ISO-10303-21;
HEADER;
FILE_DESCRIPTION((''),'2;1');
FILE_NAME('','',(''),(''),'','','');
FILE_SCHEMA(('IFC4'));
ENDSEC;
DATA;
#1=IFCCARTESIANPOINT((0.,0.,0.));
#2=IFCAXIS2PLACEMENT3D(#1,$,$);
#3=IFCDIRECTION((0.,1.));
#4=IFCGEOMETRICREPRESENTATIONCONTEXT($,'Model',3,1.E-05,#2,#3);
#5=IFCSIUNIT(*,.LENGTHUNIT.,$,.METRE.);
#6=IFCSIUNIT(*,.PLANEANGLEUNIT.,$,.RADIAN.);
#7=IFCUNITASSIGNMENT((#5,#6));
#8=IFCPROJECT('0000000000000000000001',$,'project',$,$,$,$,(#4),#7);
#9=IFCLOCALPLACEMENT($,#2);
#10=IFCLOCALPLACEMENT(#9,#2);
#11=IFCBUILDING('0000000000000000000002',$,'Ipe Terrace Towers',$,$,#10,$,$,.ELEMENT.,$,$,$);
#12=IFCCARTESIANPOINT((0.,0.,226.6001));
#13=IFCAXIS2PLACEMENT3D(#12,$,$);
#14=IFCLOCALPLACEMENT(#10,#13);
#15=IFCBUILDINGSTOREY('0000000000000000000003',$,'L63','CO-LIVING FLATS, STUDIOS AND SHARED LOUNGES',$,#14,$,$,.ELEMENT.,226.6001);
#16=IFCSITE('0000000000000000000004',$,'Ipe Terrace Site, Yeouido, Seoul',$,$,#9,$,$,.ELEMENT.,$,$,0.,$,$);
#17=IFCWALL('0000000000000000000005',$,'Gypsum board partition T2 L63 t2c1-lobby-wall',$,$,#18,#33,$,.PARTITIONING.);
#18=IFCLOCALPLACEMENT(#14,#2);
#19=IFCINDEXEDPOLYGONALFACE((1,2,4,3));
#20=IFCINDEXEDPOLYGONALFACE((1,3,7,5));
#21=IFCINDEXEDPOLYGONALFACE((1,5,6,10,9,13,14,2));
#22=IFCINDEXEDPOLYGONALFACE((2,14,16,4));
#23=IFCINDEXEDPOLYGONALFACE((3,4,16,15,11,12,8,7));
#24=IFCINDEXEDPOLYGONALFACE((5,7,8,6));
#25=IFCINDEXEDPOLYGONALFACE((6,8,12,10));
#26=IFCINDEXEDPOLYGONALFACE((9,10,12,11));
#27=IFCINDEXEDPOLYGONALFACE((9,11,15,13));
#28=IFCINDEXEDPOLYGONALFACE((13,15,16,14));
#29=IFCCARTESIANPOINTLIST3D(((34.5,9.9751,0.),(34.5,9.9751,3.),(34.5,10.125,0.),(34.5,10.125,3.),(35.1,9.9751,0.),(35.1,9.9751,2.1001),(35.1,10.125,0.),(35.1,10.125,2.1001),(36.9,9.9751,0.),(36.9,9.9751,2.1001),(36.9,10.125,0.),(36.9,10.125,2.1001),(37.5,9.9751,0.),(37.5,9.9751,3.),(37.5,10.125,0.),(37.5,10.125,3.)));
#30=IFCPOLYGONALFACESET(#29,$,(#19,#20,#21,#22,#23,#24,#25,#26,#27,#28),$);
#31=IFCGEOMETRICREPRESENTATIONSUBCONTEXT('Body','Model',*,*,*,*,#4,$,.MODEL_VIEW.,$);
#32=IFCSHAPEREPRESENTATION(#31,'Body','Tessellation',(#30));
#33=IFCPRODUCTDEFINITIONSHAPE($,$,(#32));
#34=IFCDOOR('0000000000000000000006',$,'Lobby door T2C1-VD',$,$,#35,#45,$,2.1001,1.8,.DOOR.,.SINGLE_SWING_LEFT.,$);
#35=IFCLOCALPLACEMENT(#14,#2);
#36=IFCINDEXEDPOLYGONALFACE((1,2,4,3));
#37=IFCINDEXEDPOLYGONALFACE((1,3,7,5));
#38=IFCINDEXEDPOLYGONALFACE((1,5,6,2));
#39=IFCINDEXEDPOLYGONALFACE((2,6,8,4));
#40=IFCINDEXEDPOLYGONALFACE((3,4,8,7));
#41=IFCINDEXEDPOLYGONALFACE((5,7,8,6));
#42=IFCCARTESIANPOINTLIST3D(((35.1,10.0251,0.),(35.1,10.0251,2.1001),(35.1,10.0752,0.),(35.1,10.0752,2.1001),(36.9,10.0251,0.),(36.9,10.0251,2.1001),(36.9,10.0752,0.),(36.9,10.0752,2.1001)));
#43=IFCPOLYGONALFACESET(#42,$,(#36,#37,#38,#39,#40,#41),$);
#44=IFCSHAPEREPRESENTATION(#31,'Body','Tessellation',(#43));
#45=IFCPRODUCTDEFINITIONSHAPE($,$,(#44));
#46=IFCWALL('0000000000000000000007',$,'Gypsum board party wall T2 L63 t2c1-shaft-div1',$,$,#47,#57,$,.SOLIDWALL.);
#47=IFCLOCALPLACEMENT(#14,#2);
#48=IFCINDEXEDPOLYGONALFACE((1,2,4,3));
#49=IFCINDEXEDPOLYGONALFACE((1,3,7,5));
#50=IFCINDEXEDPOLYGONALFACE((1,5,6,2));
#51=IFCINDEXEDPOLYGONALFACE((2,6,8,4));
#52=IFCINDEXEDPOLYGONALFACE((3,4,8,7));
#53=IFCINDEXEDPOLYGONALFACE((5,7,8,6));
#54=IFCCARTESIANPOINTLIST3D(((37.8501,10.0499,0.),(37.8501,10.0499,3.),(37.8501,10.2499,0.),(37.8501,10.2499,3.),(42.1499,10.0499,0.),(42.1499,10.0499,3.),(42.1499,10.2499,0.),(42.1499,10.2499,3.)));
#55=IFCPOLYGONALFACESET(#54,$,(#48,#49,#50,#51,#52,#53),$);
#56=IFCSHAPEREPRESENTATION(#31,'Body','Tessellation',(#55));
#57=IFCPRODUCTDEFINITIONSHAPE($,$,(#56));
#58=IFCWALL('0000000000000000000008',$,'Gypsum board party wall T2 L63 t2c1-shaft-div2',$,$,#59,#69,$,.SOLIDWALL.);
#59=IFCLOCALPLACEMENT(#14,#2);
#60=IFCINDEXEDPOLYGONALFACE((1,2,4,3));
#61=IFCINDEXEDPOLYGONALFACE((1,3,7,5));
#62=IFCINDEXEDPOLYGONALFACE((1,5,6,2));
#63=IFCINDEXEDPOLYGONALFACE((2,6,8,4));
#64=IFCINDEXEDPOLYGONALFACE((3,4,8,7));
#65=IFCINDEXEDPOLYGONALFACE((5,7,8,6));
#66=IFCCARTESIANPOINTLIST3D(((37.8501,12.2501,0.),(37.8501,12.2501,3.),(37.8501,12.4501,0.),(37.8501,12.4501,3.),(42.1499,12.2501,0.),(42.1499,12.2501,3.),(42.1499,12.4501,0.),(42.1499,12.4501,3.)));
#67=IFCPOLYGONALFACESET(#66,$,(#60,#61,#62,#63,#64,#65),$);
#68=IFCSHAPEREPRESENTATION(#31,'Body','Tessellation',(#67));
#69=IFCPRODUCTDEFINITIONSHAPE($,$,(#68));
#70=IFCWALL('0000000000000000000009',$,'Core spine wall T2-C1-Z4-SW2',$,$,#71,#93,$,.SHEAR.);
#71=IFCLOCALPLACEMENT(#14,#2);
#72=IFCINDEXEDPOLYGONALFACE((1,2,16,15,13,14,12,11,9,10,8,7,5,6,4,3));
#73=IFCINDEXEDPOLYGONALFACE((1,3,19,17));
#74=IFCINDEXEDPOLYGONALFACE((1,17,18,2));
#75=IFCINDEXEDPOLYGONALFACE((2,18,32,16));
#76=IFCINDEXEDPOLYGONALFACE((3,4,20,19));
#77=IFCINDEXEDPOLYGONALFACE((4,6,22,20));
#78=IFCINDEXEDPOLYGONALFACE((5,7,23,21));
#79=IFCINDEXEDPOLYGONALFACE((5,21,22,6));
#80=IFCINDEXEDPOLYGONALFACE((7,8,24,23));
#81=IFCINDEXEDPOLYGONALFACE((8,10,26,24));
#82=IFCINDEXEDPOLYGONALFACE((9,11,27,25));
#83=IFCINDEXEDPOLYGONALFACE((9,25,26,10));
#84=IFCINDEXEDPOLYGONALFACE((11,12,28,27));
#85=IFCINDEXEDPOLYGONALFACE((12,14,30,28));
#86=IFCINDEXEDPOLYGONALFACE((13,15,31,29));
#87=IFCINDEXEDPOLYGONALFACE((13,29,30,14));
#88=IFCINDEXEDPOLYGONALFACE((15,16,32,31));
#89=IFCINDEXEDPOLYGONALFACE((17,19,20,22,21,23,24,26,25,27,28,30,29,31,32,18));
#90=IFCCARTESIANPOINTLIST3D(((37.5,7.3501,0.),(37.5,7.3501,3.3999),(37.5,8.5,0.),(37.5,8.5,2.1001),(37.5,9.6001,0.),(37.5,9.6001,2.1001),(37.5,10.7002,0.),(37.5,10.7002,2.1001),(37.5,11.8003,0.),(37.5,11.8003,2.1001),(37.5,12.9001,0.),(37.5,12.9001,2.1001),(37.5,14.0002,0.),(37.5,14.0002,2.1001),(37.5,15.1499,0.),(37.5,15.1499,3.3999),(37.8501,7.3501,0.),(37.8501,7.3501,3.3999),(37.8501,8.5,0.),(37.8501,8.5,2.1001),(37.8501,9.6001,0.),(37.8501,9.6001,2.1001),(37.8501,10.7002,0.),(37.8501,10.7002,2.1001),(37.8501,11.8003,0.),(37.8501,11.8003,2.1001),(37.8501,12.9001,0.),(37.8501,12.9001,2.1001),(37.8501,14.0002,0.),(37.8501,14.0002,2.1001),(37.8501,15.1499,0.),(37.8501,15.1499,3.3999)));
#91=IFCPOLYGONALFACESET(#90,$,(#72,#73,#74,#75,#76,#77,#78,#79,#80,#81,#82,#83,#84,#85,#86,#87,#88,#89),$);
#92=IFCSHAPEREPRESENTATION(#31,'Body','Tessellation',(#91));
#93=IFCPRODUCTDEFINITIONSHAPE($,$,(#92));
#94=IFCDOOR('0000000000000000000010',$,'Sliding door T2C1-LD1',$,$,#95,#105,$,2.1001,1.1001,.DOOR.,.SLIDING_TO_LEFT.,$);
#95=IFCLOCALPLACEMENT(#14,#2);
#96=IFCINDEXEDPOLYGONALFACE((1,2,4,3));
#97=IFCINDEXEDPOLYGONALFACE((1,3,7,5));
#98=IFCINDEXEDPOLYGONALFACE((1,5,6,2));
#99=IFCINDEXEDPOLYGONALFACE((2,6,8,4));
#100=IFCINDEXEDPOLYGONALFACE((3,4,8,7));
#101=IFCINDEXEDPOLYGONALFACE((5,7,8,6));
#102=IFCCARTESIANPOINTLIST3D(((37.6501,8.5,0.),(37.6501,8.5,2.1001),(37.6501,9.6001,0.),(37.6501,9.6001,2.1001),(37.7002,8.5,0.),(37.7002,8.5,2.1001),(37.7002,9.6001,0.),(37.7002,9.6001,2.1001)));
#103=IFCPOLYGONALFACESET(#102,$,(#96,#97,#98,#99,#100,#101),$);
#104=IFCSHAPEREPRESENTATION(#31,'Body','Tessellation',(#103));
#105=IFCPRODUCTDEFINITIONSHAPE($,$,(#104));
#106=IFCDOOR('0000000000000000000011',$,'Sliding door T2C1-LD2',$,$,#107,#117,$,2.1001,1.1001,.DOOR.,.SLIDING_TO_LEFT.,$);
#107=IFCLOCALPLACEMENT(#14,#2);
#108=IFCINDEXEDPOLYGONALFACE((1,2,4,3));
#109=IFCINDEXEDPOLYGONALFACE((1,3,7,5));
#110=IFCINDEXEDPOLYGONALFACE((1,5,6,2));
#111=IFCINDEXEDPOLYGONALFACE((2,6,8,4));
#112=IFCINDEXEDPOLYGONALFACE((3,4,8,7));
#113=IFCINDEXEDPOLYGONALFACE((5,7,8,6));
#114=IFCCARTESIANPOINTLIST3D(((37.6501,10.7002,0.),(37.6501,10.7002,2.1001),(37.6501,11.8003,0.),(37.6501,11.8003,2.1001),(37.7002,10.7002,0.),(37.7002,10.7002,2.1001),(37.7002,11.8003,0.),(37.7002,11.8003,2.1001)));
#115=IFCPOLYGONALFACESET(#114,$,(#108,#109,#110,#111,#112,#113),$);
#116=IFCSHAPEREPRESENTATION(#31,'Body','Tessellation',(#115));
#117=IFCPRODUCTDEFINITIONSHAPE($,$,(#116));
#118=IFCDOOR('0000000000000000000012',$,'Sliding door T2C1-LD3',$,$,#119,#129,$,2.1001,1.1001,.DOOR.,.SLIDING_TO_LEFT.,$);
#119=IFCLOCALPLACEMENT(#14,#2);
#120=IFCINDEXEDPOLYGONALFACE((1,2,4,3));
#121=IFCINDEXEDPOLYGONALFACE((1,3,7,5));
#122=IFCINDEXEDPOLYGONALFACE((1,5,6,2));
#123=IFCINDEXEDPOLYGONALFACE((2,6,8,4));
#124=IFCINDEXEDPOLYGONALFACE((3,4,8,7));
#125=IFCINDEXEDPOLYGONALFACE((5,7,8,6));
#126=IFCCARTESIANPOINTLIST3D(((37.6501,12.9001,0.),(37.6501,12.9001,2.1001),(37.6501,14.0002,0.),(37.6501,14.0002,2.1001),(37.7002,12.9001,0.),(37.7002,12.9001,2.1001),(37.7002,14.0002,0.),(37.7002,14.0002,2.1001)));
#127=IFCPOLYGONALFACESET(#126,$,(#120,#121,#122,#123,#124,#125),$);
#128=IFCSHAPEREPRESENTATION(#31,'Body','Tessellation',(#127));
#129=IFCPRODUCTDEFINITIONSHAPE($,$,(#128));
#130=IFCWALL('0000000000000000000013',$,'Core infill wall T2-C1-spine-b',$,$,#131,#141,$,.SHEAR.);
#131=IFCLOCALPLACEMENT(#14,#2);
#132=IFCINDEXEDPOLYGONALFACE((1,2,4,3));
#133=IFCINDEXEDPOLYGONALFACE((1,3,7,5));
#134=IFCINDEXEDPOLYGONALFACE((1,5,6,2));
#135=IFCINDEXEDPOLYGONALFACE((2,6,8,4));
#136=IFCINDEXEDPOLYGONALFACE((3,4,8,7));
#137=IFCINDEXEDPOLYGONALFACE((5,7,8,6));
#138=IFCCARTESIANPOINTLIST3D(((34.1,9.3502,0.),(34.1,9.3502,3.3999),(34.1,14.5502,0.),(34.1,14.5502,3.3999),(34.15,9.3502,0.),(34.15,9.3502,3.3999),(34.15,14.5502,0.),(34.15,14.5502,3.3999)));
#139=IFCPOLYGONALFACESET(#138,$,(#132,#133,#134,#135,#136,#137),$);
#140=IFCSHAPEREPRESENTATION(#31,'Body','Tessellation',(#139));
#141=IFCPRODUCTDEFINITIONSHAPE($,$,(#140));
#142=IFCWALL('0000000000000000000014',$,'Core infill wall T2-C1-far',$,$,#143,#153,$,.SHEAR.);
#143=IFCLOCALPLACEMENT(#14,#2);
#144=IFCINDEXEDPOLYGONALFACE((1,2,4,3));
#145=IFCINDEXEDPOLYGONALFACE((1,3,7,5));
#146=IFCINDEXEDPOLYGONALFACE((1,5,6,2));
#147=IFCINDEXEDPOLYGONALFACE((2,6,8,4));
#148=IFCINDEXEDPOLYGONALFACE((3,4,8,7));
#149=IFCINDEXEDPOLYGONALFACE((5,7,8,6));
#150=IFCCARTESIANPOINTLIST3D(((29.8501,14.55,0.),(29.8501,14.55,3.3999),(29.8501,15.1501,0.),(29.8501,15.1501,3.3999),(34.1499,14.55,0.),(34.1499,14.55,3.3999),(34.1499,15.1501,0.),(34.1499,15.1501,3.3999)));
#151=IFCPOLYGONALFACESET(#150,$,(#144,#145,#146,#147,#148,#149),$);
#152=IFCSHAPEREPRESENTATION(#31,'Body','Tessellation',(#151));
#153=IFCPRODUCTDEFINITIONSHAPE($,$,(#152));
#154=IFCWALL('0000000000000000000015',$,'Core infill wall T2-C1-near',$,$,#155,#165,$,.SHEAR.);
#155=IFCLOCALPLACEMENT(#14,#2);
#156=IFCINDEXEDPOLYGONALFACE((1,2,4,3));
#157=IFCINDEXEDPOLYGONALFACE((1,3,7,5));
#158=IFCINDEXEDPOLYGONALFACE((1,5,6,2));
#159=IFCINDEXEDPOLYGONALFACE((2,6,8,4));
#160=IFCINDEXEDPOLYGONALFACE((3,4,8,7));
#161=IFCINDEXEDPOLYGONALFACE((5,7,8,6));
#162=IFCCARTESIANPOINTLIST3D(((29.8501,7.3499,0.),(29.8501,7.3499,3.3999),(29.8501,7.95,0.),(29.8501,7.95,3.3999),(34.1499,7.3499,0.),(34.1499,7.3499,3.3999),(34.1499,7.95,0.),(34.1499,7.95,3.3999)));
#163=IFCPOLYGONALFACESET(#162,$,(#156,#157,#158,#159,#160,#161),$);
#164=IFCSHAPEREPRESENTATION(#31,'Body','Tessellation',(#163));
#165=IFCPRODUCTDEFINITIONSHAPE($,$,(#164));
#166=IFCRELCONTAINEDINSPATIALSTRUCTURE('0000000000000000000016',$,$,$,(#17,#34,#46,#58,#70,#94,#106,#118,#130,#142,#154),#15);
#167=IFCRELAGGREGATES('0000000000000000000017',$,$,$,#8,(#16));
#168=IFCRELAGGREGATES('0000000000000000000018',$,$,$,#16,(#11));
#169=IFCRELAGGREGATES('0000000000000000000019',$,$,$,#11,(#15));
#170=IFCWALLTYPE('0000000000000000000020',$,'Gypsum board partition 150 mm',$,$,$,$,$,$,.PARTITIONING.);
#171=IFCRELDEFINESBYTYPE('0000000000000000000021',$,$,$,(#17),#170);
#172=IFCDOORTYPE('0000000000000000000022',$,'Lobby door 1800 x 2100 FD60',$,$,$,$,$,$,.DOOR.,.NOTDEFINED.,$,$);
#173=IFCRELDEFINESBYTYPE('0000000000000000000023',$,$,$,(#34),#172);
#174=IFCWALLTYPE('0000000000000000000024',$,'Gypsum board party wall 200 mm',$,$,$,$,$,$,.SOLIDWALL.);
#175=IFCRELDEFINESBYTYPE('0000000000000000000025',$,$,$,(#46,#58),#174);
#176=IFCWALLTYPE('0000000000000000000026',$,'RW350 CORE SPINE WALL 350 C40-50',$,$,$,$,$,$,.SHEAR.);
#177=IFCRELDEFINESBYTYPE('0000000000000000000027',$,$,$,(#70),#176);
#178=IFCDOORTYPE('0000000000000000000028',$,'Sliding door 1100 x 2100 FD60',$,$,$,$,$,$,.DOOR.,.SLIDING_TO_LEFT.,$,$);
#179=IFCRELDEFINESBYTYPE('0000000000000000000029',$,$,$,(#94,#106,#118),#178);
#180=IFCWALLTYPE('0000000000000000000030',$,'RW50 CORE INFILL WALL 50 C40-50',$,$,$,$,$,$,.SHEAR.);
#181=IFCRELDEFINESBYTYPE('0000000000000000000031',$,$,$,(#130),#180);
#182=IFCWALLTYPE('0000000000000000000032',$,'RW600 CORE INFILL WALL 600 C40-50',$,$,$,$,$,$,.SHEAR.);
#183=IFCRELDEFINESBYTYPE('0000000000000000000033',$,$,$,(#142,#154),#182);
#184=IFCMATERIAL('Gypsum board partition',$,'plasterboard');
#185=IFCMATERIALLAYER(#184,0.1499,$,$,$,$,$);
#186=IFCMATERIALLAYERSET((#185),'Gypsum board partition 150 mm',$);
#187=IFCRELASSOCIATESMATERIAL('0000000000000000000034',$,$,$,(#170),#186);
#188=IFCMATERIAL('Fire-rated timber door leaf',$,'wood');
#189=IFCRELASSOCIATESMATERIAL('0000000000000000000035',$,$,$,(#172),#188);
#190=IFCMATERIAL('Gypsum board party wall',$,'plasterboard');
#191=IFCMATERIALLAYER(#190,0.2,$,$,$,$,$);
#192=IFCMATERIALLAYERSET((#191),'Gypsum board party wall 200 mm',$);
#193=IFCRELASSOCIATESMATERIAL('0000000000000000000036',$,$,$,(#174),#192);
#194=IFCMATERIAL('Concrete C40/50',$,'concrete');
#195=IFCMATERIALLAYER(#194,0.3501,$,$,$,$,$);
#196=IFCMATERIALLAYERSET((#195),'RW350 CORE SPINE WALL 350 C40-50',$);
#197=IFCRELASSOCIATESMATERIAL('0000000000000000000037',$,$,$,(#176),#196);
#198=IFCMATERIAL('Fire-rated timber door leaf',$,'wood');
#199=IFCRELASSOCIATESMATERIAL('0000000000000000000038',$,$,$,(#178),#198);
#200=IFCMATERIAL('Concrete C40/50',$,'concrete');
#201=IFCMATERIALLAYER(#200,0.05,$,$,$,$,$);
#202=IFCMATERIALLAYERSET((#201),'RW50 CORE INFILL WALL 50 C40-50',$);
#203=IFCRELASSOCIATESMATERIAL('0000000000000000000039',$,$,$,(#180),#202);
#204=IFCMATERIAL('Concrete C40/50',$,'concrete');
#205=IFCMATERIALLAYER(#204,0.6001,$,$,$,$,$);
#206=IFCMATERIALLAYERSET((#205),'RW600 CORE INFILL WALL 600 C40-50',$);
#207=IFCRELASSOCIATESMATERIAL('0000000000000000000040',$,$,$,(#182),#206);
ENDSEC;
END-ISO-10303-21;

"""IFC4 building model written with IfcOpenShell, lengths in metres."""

from ifc_helpers import new_model, si_unit, direction, frame, frame_2d, origin, place, context, subcontext, project, spatial, rectangle, extrude, material, layer, layer_set, type_object, element, fill, save


model = new_model("IFC4")

# Units and contexts
model_context = context("Model", 3, precision=1e-05, world=origin(), true_north=direction((0.0, 1.0)))
body_context = subcontext(model_context, "Body", "Model", "MODEL_VIEW")
ifc_project = project(units=[si_unit("LENGTHUNIT", "METRE"), si_unit("PLANEANGLEUNIT", "RADIAN")], contexts=[model_context])

# Site, building, storey
site_placement = place(None, origin())
site = spatial("IfcSite", under=ifc_project, at=site_placement, Name="Ipe Terrace Site, Yeouido, Seoul", CompositionType="ELEMENT", RefElevation=0.0)
building_placement = place(site_placement, origin())
building = spatial("IfcBuilding", under=site, at=building_placement, Name="Ipe Terrace Towers", CompositionType="ELEMENT")
storey_placement = place(building_placement, frame((0.0, 0.0, 226.6001)))
storey = spatial("IfcBuildingStorey", under=building, at=storey_placement, Name="L63", Description="CO-LIVING FLATS, STUDIOS AND SHARED LOUNGES", CompositionType="ELEMENT", Elevation=226.6001)

# Wall, opening, door
ifc_material_1 = material(Name="Gypsum board partition", Category="plasterboard")
ifc_layer_1 = layer(ifc_material_1, 0.1499)
ifc_layer_set_1 = layer_set([ifc_layer_1], Name="Gypsum board partition 150 mm")
wall_type_1 = type_object("IfcWallType", Name="Gypsum board partition 150 mm", PredefinedType="PARTITIONING", material=ifc_layer_set_1)
wall_1_placement = place(storey_placement, frame((37.5, 10.05, 0.0), z_axis=(0.0, 0.0, 1.0), x_axis=(-1.0, 0.0, 0.0)))
wall_1 = element("IfcWall", 1, at=wall_1_placement, inside=storey, type_object=wall_type_1, Name="Gypsum board partition T2 L63 t2c1-lobby-wall", PredefinedType="PARTITIONING", context=body_context, shape_type="SweptSolid", body=[
    extrude(rectangle(XDim=3.0, YDim=0.1499, at=frame_2d((1.5, 0.0))), origin(), (0.0, 0.0, 1.0), 3.0),
])
opening_1_placement = place(wall_1_placement, frame((0.6001, 0.0, 0.0)))
opening_1 = element("IfcOpeningElement", 2, at=opening_1_placement, cuts=wall_1, PredefinedType="OPENING", context=body_context, shape_type="SweptSolid", body=[
    extrude(rectangle(XDim=1.8, YDim=2.1001, at=frame_2d((0.8999, 1.05))), frame((0.0, 0.085, 0.0), z_axis=(0.0, -1.0, 0.0), x_axis=(1.0, 0.0, 0.0)), (0.0, 0.0, 1.0), 0.1699),
])
ifc_material_2 = material(Name="Fire-rated timber door leaf", Category="wood")
door_type_1 = type_object("IfcDoorType", Name="Lobby door 1800 x 2100 FD60", OperationType="NOTDEFINED", PredefinedType="DOOR", material=ifc_material_2)
door_1_placement = place(opening_1_placement, origin())
door_1 = element("IfcDoor", 3, at=door_1_placement, inside=storey, type_object=door_type_1, Name="Lobby door T2C1-VD", OperationType="SINGLE_SWING_LEFT", OverallHeight=2.1001, OverallWidth=1.8, PredefinedType="DOOR", context=body_context, shape_type="SweptSolid", body=[
    extrude(rectangle(XDim=1.8, YDim=2.1001, at=frame_2d((0.8999, 1.05))), frame((0.0, 0.0249, 0.0), z_axis=(0.0, -1.0, 0.0), x_axis=(1.0, 0.0, 0.0)), (0.0, 0.0, 1.0), 0.05),
])
fill(opening_1, door_1)

# Walls
ifc_material_3 = material(Name="Gypsum board party wall", Category="plasterboard")
ifc_layer_2 = layer(ifc_material_3, 0.2)
ifc_layer_set_2 = layer_set([ifc_layer_2], Name="Gypsum board party wall 200 mm")
wall_type_2 = type_object("IfcWallType", Name="Gypsum board party wall 200 mm", PredefinedType="SOLIDWALL", material=ifc_layer_set_2)
for number, where, z_axis, x_axis, name in (
    (4, (42.1499, 10.1499, 0.0), (0.0, 0.0, 1.0), (-1.0, 0.0, 0.0), "Gypsum board party wall T2 L63 t2c1-shaft-div1"),
    (5, (42.1499, 12.3501, 0.0), (0.0, 0.0, 1.0), (-1.0, 0.0, 0.0), "Gypsum board party wall T2 L63 t2c1-shaft-div2"),
):
    element("IfcWall", number, at=place(storey_placement, frame(where, z_axis=z_axis, x_axis=x_axis)), inside=storey, type_object=wall_type_2, Name=name, PredefinedType="SOLIDWALL", context=body_context, shape_type="SweptSolid", body=[
        extrude(rectangle(XDim=4.2998, YDim=0.2, at=frame_2d((2.1499, 0.0))), origin(), (0.0, 0.0, 1.0), 3.0),
    ])

# Wall, openings, doors
ifc_material_4 = material(Name="Concrete C40/50", Category="concrete")
ifc_layer_3 = layer(ifc_material_4, 0.3501)
ifc_layer_set_3 = layer_set([ifc_layer_3], Name="RW350 CORE SPINE WALL 350 C40-50")
wall_type_3 = type_object("IfcWallType", Name="RW350 CORE SPINE WALL 350 C40-50", PredefinedType="SHEAR", material=ifc_layer_set_3)
wall_2_placement = place(storey_placement, frame((37.675, 7.3501, 0.0), z_axis=(0.0, 0.0, 1.0), x_axis=(0.0, 1.0, 0.0)))
wall_2 = element("IfcWall", 6, at=wall_2_placement, inside=storey, type_object=wall_type_3, Name="Core spine wall T2-C1-Z4-SW2", PredefinedType="SHEAR", context=body_context, shape_type="SweptSolid", body=[
    extrude(rectangle(XDim=7.7998, YDim=0.3501, at=frame_2d((3.8999, 0.0))), origin(), (0.0, 0.0, 1.0), 3.3999),
])
opening_2_placement = place(wall_2_placement, frame((1.1499, 0.0, 0.0)))
opening_2 = element("IfcOpeningElement", 7, at=opening_2_placement, cuts=wall_2, PredefinedType="OPENING", context=body_context, shape_type="SweptSolid", body=[
    extrude(rectangle(XDim=1.1001, YDim=2.1001, at=frame_2d((0.55, 1.05))), frame((0.0, 0.1851, 0.0), z_axis=(0.0, -1.0, 0.0), x_axis=(1.0, 0.0, 0.0)), (0.0, 0.0, 1.0), 0.3701),
])
opening_3_placement = place(wall_2_placement, frame((3.3501, 0.0, 0.0)))
opening_3 = element("IfcOpeningElement", 8, at=opening_3_placement, cuts=wall_2, PredefinedType="OPENING", context=body_context, shape_type="SweptSolid", body=[
    extrude(rectangle(XDim=1.1001, YDim=2.1001, at=frame_2d((0.55, 1.05))), frame((0.0, 0.1851, 0.0), z_axis=(0.0, -1.0, 0.0), x_axis=(1.0, 0.0, 0.0)), (0.0, 0.0, 1.0), 0.3701),
])
opening_4_placement = place(wall_2_placement, frame((5.55, 0.0, 0.0)))
opening_4 = element("IfcOpeningElement", 9, at=opening_4_placement, cuts=wall_2, PredefinedType="OPENING", context=body_context, shape_type="SweptSolid", body=[
    extrude(rectangle(XDim=1.1001, YDim=2.1001, at=frame_2d((0.55, 1.05))), frame((0.0, 0.1851, 0.0), z_axis=(0.0, -1.0, 0.0), x_axis=(1.0, 0.0, 0.0)), (0.0, 0.0, 1.0), 0.3701),
])
ifc_material_5 = material(Name="Fire-rated timber door leaf", Category="wood")
door_type_2 = type_object("IfcDoorType", Name="Sliding door 1100 x 2100 FD60", OperationType="SLIDING_TO_LEFT", PredefinedType="DOOR", material=ifc_material_5)
door_2_placement = place(opening_2_placement, origin())
door_2 = element("IfcDoor", 10, at=door_2_placement, inside=storey, type_object=door_type_2, Name="Sliding door T2C1-LD1", OperationType="SLIDING_TO_LEFT", OverallHeight=2.1001, OverallWidth=1.1001, PredefinedType="DOOR", context=body_context, shape_type="SweptSolid", body=[
    extrude(rectangle(XDim=1.1001, YDim=2.1001, at=frame_2d((0.55, 1.05))), frame((0.0, 0.0249, 0.0), z_axis=(0.0, -1.0, 0.0), x_axis=(1.0, 0.0, 0.0)), (0.0, 0.0, 1.0), 0.05),
])
fill(opening_2, door_2)
door_3_placement = place(opening_3_placement, origin())
door_3 = element("IfcDoor", 11, at=door_3_placement, inside=storey, type_object=door_type_2, Name="Sliding door T2C1-LD2", OperationType="SLIDING_TO_LEFT", OverallHeight=2.1001, OverallWidth=1.1001, PredefinedType="DOOR", context=body_context, shape_type="SweptSolid", body=[
    extrude(rectangle(XDim=1.1001, YDim=2.1001, at=frame_2d((0.55, 1.05))), frame((0.0, 0.0249, 0.0), z_axis=(0.0, -1.0, 0.0), x_axis=(1.0, 0.0, 0.0)), (0.0, 0.0, 1.0), 0.05),
])
fill(opening_3, door_3)
door_4_placement = place(opening_4_placement, origin())
door_4 = element("IfcDoor", 12, at=door_4_placement, inside=storey, type_object=door_type_2, Name="Sliding door T2C1-LD3", OperationType="SLIDING_TO_LEFT", OverallHeight=2.1001, OverallWidth=1.1001, PredefinedType="DOOR", context=body_context, shape_type="SweptSolid", body=[
    extrude(rectangle(XDim=1.1001, YDim=2.1001, at=frame_2d((0.55, 1.05))), frame((0.0, 0.0249, 0.0), z_axis=(0.0, -1.0, 0.0), x_axis=(1.0, 0.0, 0.0)), (0.0, 0.0, 1.0), 0.05),
])
fill(opening_4, door_4)

# Walls
ifc_material_6 = material(Name="Concrete C40/50", Category="concrete")
ifc_layer_4 = layer(ifc_material_6, 0.05)
ifc_layer_set_4 = layer_set([ifc_layer_4], Name="RW50 CORE INFILL WALL 50 C40-50")
wall_type_4 = type_object("IfcWallType", Name="RW50 CORE INFILL WALL 50 C40-50", PredefinedType="SHEAR", material=ifc_layer_set_4)
wall_3_placement = place(storey_placement, frame((34.125, 9.3501, 0.0), z_axis=(0.0, 0.0, 1.0), x_axis=(0.0, 1.0, 0.0)))
element("IfcWall", 13, at=wall_3_placement, inside=storey, type_object=wall_type_4, Name="Core infill wall T2-C1-spine-b", PredefinedType="SHEAR", context=body_context, shape_type="SweptSolid", body=[
    extrude(rectangle(XDim=5.2, YDim=0.05, at=frame_2d((2.6001, 0.0))), origin(), (0.0, 0.0, 1.0), 3.3999),
])
ifc_material_7 = material(Name="Concrete C40/50", Category="concrete")
ifc_layer_5 = layer(ifc_material_7, 0.6001)
ifc_layer_set_5 = layer_set([ifc_layer_5], Name="RW600 CORE INFILL WALL 600 C40-50")
wall_type_5 = type_object("IfcWallType", Name="RW600 CORE INFILL WALL 600 C40-50", PredefinedType="SHEAR", material=ifc_layer_set_5)
for number, where, z_axis, x_axis, name in (
    (14, (34.1499, 14.8501, 0.0), (0.0, 0.0, 1.0), (-1.0, 0.0, 0.0), "Core infill wall T2-C1-far"),
    (15, (34.1499, 7.6499, 0.0), (0.0, 0.0, 1.0), (-1.0, 0.0, 0.0), "Core infill wall T2-C1-near"),
):
    element("IfcWall", number, at=place(storey_placement, frame(where, z_axis=z_axis, x_axis=x_axis)), inside=storey, type_object=wall_type_5, Name=name, PredefinedType="SHEAR", context=body_context, shape_type="SweptSolid", body=[
        extrude(rectangle(XDim=4.2998, YDim=0.6001, at=frame_2d((2.1499, 0.0))), origin(), (0.0, 0.0, 1.0), 3.3999),
    ])

save(model, "model.ifc")
